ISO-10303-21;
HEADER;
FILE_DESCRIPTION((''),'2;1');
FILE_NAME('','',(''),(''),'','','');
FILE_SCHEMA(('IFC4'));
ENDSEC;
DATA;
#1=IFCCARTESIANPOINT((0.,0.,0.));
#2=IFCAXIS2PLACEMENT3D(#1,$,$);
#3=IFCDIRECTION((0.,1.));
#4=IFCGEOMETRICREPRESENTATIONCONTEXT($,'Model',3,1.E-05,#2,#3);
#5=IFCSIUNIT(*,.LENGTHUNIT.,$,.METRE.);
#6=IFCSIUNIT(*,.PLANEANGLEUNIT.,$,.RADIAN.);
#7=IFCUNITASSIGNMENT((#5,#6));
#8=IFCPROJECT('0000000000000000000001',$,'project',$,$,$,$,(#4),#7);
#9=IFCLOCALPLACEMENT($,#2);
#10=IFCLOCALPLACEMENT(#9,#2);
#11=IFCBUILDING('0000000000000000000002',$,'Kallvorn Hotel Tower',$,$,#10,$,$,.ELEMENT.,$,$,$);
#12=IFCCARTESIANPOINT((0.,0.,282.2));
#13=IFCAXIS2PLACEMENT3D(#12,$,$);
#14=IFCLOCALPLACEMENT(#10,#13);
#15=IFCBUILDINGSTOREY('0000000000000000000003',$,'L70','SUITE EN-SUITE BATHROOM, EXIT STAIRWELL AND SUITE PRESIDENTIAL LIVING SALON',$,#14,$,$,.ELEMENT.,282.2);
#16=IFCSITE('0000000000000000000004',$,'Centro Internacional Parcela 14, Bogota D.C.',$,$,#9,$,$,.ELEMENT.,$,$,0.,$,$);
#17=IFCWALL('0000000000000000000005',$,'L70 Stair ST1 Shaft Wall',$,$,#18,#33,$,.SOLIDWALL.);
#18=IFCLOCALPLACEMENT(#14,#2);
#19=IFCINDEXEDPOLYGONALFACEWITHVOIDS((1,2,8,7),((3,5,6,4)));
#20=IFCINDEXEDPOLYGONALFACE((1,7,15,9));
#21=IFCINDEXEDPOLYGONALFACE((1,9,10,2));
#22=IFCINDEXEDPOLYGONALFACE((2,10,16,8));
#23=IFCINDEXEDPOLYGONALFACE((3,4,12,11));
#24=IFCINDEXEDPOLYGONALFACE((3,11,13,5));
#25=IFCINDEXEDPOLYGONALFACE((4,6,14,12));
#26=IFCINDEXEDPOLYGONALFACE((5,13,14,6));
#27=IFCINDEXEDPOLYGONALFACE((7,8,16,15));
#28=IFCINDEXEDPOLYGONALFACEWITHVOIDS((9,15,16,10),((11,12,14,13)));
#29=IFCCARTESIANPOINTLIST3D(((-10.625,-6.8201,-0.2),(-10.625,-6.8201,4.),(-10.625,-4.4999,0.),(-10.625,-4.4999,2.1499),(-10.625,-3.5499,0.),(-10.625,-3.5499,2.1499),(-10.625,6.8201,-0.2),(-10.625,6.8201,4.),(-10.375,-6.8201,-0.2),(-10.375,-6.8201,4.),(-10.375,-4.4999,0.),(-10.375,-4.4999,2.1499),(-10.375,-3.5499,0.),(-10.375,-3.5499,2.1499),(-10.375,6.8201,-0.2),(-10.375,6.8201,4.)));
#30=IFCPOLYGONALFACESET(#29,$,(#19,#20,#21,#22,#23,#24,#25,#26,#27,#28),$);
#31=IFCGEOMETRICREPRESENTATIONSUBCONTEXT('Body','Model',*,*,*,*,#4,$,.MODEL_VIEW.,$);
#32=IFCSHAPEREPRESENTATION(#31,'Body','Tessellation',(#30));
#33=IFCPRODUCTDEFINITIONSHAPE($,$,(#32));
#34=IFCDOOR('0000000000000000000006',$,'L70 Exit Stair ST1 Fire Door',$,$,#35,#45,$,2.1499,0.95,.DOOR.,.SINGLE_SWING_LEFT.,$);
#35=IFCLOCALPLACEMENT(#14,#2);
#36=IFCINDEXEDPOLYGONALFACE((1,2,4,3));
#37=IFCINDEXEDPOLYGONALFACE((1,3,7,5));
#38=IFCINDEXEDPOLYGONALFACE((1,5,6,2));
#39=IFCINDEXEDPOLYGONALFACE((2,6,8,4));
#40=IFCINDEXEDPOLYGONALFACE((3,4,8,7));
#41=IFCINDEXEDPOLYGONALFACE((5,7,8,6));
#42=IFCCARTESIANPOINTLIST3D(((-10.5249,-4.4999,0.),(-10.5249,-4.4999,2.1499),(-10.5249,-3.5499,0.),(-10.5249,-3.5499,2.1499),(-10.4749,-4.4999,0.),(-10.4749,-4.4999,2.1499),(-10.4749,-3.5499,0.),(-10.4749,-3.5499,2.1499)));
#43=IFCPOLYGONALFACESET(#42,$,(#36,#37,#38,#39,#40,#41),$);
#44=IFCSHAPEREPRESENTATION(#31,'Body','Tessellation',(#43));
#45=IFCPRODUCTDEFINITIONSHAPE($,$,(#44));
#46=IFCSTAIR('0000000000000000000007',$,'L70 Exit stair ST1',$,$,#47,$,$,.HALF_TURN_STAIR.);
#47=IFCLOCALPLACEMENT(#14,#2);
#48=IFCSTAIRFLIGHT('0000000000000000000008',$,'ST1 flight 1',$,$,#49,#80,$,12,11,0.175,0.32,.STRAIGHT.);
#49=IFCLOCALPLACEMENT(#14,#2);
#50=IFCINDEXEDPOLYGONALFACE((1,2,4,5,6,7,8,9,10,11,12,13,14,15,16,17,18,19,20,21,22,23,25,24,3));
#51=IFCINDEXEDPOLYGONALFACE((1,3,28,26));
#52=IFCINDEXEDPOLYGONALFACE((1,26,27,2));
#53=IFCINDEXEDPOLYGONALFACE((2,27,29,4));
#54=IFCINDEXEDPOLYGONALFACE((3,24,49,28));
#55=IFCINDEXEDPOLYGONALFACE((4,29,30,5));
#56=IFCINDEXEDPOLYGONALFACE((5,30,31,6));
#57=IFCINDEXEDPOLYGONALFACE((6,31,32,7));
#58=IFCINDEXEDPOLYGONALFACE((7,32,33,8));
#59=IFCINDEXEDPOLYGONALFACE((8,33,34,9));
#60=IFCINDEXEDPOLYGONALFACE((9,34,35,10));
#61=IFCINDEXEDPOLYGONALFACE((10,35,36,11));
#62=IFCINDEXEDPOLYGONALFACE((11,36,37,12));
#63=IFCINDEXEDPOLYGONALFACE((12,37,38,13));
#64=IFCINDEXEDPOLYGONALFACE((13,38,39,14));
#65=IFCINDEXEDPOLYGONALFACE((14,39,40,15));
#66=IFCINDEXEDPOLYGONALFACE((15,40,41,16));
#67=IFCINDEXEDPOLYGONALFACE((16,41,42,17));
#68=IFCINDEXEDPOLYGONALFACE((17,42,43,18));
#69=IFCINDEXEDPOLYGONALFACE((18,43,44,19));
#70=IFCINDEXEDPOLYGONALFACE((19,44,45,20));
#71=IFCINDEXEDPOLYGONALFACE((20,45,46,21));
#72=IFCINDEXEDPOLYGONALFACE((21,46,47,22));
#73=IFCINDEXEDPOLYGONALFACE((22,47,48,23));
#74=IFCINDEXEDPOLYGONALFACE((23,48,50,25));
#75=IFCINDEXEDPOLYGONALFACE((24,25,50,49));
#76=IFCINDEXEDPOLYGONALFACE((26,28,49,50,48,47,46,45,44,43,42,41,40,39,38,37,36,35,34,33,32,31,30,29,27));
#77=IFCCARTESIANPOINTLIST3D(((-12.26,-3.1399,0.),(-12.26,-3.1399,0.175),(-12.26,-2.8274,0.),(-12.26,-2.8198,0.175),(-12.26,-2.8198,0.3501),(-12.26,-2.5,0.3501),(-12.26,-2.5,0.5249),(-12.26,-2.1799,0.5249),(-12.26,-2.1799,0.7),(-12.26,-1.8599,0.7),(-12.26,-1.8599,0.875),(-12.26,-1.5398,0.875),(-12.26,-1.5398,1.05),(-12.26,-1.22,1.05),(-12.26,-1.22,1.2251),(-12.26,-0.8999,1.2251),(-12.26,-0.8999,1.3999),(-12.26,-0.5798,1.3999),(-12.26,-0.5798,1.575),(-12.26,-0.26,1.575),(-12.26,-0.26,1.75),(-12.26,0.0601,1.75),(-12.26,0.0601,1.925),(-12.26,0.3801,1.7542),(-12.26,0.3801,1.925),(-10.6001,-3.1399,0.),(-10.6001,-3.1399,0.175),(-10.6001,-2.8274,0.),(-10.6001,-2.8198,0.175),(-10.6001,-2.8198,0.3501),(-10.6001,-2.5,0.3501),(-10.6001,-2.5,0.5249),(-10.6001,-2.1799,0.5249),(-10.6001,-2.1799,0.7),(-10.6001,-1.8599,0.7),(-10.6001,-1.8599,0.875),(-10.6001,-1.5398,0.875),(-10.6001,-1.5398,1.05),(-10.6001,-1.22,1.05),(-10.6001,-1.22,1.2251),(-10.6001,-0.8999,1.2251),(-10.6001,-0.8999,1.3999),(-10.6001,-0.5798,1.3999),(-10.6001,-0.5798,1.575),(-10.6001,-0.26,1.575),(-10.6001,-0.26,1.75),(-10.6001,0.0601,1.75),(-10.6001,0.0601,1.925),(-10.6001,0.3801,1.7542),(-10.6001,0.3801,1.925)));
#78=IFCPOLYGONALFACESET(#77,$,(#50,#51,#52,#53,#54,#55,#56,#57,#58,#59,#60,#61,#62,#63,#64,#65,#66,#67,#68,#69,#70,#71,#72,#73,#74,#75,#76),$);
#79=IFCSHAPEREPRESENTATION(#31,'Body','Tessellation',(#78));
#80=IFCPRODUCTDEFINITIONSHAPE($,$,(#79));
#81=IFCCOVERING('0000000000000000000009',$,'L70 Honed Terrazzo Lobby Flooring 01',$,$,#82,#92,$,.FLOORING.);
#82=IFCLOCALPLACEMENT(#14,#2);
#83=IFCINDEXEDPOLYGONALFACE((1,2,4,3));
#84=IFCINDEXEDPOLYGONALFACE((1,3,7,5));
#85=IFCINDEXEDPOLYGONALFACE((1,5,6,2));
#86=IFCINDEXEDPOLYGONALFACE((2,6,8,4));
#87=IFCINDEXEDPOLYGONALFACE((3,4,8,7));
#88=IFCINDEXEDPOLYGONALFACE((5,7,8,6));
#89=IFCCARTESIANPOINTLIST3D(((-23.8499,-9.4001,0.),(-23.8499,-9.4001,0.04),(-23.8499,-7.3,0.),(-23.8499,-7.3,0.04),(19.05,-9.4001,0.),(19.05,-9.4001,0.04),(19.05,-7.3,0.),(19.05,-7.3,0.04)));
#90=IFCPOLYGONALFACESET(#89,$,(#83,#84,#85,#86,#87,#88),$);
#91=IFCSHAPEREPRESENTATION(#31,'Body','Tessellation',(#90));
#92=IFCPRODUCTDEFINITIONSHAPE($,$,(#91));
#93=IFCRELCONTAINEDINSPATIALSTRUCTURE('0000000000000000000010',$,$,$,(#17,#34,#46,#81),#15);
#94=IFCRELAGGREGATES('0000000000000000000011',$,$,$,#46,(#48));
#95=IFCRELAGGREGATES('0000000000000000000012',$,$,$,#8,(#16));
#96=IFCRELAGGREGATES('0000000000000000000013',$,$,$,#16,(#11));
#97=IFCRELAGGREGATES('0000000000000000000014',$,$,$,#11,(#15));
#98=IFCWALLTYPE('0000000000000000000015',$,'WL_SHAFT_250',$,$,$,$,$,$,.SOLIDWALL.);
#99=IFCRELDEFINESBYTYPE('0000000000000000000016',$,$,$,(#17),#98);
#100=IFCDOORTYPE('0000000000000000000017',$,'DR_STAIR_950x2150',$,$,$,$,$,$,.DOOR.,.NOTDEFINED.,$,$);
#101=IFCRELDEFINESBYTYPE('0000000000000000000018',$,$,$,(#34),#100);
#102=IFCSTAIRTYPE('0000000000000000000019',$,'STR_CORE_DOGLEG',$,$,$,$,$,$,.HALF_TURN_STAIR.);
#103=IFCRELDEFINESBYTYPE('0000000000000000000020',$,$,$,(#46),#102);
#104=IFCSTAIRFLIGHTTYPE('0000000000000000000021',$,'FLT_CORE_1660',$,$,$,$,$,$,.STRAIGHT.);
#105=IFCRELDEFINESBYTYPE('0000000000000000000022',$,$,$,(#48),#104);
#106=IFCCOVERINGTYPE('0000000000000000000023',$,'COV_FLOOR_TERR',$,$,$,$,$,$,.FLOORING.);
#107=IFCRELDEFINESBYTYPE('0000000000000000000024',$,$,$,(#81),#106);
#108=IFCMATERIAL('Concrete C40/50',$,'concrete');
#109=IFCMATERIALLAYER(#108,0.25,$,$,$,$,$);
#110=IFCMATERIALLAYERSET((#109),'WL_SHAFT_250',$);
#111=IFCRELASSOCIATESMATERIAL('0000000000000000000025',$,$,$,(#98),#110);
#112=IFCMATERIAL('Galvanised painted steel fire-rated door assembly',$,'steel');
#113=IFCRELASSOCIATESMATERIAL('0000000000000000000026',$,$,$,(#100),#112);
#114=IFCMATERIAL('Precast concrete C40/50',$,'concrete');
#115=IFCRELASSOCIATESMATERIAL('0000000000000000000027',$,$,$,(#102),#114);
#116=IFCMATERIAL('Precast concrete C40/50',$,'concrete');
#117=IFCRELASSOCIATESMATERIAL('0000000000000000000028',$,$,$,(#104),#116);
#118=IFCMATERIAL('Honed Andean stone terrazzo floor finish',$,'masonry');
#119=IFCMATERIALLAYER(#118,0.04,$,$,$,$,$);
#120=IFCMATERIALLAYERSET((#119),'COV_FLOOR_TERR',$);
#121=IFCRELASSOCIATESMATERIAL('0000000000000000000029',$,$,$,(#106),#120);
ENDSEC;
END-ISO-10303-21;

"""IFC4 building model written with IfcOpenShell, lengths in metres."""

from ifc_helpers import new_model, si_unit, direction, frame, frame_2d, origin, origin_2d, place, context, subcontext, project, spatial, polyline, rectangle, outline, extrude, material, layer, layer_set, type_object, element, fill, aggregate, save


model = new_model("IFC4")

# Units and contexts
model_context = context("Model", 3, precision=1e-05, world=origin(), true_north=direction((0.0, 1.0)))
body_context = subcontext(model_context, "Body", "Model", "MODEL_VIEW")
ifc_project = project(units=[si_unit("LENGTHUNIT", "METRE"), si_unit("PLANEANGLEUNIT", "RADIAN")], contexts=[model_context])

# Site, building, storey
site_placement = place(None, origin())
site = spatial("IfcSite", under=ifc_project, at=site_placement, Name="Centro Internacional Parcela 14, Bogota D.C.", CompositionType="ELEMENT", RefElevation=0.0)
building_placement = place(site_placement, origin())
building = spatial("IfcBuilding", under=site, at=building_placement, Name="Kallvorn Hotel Tower", CompositionType="ELEMENT")
storey_placement = place(building_placement, frame((0.0, 0.0, 282.2)))
storey = spatial("IfcBuildingStorey", under=building, at=storey_placement, Name="L70", Description="SUITE EN-SUITE BATHROOM, EXIT STAIRWELL AND SUITE PRESIDENTIAL LIVING SALON", CompositionType="ELEMENT", Elevation=282.2)

# Shared definitions
ifc_material_1 = material(Name="Concrete C40/50", Category="concrete")
ifc_layer_1 = layer(ifc_material_1, 0.25)
ifc_layer_set_1 = layer_set([ifc_layer_1], Name="WL_SHAFT_250")
wall_type_1 = type_object("IfcWallType", Name="WL_SHAFT_250", PredefinedType="SOLIDWALL", material=ifc_layer_set_1)

# Wall, opening, door
wall_1_placement = place(storey_placement, frame((-10.5, -6.8201, -0.2), z_axis=(0.0, 0.0, 1.0), x_axis=(0.0, 1.0, 0.0)))
wall_1 = element("IfcWall", 1, at=wall_1_placement, inside=storey, type_object=wall_type_1, Name="L70 Stair ST1 Shaft Wall", PredefinedType="SOLIDWALL", context=body_context, shape_type="SweptSolid", body=[
    extrude(rectangle(XDim=13.6401, YDim=0.25, at=frame_2d((6.8201, 0.0))), origin(), (0.0, 0.0, 1.0), 4.2),
])
opening_1_placement = place(wall_1_placement, frame((2.3201, 0.0, 0.2)))
opening_1 = element("IfcOpeningElement", 2, at=opening_1_placement, cuts=wall_1, PredefinedType="OPENING", context=body_context, shape_type="SweptSolid", body=[
    extrude(rectangle(XDim=0.95, YDim=2.1499, at=frame_2d((0.4751, 1.075))), frame((0.0, 0.1399, 0.0), z_axis=(0.0, -1.0, 0.0), x_axis=(1.0, 0.0, 0.0)), (0.0, 0.0, 1.0), 0.28),
])
ifc_material_2 = material(Name="Galvanised painted steel fire-rated door assembly", Category="steel")
door_type_1 = type_object("IfcDoorType", Name="DR_STAIR_950x2150", OperationType="NOTDEFINED", PredefinedType="DOOR", material=ifc_material_2)
door_1_placement = place(opening_1_placement, origin())
door_1 = element("IfcDoor", 3, at=door_1_placement, inside=storey, type_object=door_type_1, Name="L70 Exit Stair ST1 Fire Door", OperationType="SINGLE_SWING_LEFT", OverallHeight=2.1499, OverallWidth=0.95, PredefinedType="DOOR", context=body_context, shape_type="SweptSolid", body=[
    extrude(rectangle(XDim=0.95, YDim=2.1499, at=frame_2d((0.4751, 1.075))), frame((0.0, 0.0249, 0.0), z_axis=(0.0, -1.0, 0.0), x_axis=(1.0, 0.0, 0.0)), (0.0, 0.0, 1.0), 0.05),
])
fill(opening_1, door_1)

# Stair, stair flight
ifc_material_3 = material(Name="Precast concrete C40/50", Category="concrete")
stair_type = type_object("IfcStairType", Name="STR_CORE_DOGLEG", PredefinedType="HALF_TURN_STAIR", material=ifc_material_3)
stair_placement = place(storey_placement, origin())
stair = element("IfcStair", 4, at=stair_placement, inside=storey, type_object=stair_type, Name="L70 Exit stair ST1", PredefinedType="HALF_TURN_STAIR")
ifc_material_4 = material(Name="Precast concrete C40/50", Category="concrete")
stair_flight_type = type_object("IfcStairFlightType", Name="FLT_CORE_1660", PredefinedType="STRAIGHT", material=ifc_material_4)
stair_flight_placement = place(storey_placement, frame((-11.4299, -3.1399, 0.0), z_axis=(0.0, 0.0, 1.0), x_axis=(0.0, 1.0, 0.0)))
stair_flight = element("IfcStairFlight", 5, at=stair_flight_placement, type_object=stair_flight_type, Name="ST1 flight 1", NumberOfRisers=12, NumberOfTreads=11, PredefinedType="STRAIGHT", RiserHeight=0.175, TreadLength=0.32, context=body_context, shape_type="SweptSolid", body=[
    extrude(outline(polyline([(0.0, 0.0), (0.0, 0.175), (0.3201, 0.175), (0.3201, 0.3501), (0.6399, 0.3501), (0.6399, 0.5249), (0.96, 0.5249), (0.96, 0.7), (1.28, 0.7), (1.28, 0.875), (1.6001, 0.875), (1.6001, 1.05), (1.9199, 1.05), (1.9199, 1.2251), (2.24, 1.2251), (2.24, 1.3999), (2.5601, 1.3999), (2.5601, 1.575), (2.8799, 1.575), (2.8799, 1.75), (3.2, 1.75), (3.2, 1.925), (3.52, 1.925), (3.52, 2.1001), (3.52, 1.7542), (0.3125, 0.0), (0.0, 0.0)])), frame((0.0, 0.8301, 0.0), z_axis=(0.0, -1.0, 0.0), x_axis=(1.0, 0.0, 0.0)), (0.0, 0.0, 1.0), 1.6599),
])
aggregate(stair, [stair_flight])

# Covering
ifc_material_5 = material(Name="Honed Andean stone terrazzo floor finish", Category="masonry")
ifc_layer_2 = layer(ifc_material_5, 0.04)
ifc_layer_set_2 = layer_set([ifc_layer_2], Name="COV_FLOOR_TERR")
covering_type = type_object("IfcCoveringType", Name="COV_FLOOR_TERR", PredefinedType="FLOORING", material=ifc_layer_set_2)
covering_placement = place(storey_placement, frame((-2.3999, -8.3501, 0.0), z_axis=(0.0, 0.0, 1.0), x_axis=(1.0, 0.0, 0.0)))
element("IfcCovering", 6, at=covering_placement, inside=storey, type_object=covering_type, Name="L70 Honed Terrazzo Lobby Flooring 01", PredefinedType="FLOORING", context=body_context, shape_type="SweptSolid", body=[
    extrude(rectangle(XDim=42.8999, YDim=2.1001, at=origin_2d()), origin(), (0.0, 0.0, 1.0), 0.04),
])

save(model, "model.ifc")
